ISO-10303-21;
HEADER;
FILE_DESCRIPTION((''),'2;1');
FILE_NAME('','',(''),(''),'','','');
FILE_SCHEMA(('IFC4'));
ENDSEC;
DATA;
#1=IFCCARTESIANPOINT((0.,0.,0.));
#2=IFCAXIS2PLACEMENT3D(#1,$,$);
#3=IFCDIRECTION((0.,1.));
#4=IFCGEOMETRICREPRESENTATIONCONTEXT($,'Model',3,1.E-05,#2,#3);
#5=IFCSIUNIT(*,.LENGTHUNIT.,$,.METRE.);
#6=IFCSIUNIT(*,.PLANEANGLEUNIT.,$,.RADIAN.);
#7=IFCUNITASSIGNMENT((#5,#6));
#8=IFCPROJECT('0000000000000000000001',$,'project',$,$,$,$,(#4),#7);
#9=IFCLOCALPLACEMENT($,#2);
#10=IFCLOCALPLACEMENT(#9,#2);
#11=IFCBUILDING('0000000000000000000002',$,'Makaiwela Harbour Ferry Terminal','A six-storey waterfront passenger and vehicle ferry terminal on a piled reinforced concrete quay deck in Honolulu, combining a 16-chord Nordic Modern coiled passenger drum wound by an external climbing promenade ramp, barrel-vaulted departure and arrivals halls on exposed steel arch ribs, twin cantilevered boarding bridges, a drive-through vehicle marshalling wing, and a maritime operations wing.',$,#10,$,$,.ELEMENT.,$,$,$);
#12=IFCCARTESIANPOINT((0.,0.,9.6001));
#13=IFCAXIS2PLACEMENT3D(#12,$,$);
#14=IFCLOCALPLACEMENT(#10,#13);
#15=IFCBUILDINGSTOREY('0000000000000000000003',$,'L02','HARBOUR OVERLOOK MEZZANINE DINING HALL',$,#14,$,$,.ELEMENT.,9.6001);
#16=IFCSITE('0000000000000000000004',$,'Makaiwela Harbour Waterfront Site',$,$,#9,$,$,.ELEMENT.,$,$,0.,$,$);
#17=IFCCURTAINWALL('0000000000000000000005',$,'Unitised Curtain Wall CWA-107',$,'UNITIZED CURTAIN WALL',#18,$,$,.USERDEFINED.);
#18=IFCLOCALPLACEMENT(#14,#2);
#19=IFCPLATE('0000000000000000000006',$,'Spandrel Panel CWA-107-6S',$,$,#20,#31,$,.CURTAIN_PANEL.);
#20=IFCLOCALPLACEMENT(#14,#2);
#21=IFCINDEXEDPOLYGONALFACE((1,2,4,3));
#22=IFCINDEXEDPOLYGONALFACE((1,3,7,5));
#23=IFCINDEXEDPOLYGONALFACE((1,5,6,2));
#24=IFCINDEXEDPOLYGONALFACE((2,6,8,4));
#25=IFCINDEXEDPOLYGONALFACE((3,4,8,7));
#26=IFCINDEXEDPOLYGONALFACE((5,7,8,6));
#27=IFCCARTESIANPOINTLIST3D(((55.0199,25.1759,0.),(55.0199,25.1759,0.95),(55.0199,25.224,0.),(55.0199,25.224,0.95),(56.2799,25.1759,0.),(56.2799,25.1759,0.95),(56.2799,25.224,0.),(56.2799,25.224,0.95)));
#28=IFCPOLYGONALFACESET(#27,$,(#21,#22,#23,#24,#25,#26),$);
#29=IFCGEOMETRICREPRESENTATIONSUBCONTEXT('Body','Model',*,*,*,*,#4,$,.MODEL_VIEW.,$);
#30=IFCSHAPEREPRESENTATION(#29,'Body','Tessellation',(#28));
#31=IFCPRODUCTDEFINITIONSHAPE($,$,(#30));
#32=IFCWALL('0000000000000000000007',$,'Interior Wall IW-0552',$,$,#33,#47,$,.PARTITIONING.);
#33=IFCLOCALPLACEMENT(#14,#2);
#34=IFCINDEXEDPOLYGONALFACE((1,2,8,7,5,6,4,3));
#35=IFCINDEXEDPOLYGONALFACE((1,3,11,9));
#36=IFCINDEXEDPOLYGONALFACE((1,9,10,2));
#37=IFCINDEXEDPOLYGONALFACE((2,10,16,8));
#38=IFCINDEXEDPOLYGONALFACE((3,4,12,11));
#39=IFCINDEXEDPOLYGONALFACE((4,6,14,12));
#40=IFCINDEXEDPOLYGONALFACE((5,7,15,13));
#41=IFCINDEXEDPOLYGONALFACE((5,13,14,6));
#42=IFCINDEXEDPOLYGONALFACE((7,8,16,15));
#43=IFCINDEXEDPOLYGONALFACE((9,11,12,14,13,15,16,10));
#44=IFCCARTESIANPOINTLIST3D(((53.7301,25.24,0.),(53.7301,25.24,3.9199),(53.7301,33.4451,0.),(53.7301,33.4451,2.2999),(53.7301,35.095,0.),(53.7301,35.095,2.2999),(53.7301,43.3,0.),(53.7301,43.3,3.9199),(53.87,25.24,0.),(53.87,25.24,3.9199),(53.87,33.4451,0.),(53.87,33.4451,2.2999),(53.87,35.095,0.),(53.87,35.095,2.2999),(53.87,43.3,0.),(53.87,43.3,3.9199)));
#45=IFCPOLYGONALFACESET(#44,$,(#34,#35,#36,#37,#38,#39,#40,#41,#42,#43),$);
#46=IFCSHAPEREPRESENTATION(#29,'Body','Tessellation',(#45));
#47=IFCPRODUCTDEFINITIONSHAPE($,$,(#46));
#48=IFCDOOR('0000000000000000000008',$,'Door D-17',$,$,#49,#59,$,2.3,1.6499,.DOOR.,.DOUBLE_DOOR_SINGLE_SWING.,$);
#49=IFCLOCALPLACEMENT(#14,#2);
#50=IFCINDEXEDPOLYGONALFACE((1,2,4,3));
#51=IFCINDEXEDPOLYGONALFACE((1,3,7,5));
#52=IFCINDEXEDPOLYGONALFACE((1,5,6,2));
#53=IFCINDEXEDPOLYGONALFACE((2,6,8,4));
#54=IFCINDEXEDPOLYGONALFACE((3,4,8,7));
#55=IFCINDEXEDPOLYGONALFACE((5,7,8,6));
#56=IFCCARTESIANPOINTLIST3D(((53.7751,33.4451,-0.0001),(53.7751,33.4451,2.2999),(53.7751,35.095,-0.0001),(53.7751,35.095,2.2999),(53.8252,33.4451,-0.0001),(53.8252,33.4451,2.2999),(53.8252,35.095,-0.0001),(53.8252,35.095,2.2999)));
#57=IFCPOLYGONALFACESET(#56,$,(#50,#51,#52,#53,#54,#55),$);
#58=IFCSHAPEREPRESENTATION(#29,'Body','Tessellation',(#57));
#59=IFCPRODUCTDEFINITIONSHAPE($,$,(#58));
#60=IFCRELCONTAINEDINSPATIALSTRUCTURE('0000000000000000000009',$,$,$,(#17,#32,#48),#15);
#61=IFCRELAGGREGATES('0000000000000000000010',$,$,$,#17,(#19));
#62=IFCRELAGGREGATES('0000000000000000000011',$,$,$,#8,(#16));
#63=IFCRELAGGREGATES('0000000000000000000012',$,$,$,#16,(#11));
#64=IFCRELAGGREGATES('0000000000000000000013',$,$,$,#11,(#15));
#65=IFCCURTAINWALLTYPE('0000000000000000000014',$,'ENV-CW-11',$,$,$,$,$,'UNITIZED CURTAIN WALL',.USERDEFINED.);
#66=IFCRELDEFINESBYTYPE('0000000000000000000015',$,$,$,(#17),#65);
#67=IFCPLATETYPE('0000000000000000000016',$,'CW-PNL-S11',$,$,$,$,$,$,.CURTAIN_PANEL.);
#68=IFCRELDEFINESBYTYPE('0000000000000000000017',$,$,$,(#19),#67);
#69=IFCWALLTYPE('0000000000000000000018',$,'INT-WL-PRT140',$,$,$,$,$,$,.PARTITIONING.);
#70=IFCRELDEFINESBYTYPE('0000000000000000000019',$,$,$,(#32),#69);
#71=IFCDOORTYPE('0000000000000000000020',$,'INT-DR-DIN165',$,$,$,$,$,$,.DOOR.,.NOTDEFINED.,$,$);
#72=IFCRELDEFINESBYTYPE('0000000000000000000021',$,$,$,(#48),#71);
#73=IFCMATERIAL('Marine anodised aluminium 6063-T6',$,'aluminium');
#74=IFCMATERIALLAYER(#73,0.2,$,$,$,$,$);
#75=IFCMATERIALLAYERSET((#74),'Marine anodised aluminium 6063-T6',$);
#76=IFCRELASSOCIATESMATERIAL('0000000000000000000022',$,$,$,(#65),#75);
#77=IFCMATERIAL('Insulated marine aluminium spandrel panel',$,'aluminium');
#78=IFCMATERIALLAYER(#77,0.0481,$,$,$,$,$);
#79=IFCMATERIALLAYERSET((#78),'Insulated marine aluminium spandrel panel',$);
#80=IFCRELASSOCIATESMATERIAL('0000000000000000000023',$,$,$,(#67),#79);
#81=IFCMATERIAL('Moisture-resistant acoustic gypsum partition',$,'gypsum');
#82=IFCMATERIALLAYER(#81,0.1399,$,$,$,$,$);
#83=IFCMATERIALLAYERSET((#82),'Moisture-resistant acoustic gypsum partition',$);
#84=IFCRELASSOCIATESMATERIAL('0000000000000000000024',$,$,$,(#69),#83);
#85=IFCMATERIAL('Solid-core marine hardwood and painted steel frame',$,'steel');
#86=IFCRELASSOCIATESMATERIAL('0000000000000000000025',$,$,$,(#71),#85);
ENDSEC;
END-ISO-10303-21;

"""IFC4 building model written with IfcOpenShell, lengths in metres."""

from ifc_helpers import new_model, si_unit, direction, frame, frame_2d, origin, origin_2d, place, context, subcontext, project, spatial, rectangle, extrude, material, layer, layer_set, type_object, element, fill, aggregate, save


model = new_model("IFC4")

# Units and contexts
model_context = context("Model", 3, precision=1e-05, world=origin(), true_north=direction((0.0, 1.0)))
body_context = subcontext(model_context, "Body", "Model", "MODEL_VIEW")
ifc_project = project(units=[si_unit("LENGTHUNIT", "METRE"), si_unit("PLANEANGLEUNIT", "RADIAN")], contexts=[model_context])

# Site, building, storey
site_placement = place(None, origin())
site = spatial("IfcSite", under=ifc_project, at=site_placement, Name="Makaiwela Harbour Waterfront Site", CompositionType="ELEMENT", RefElevation=0.0)
building_placement = place(site_placement, origin())
building = spatial("IfcBuilding", under=site, at=building_placement, Name="Makaiwela Harbour Ferry Terminal", Description="A six-storey waterfront passenger and vehicle ferry terminal on a piled reinforced concrete quay deck in Honolulu, combining a 16-chord Nordic Modern coiled passenger drum wound by an external climbing promenade ramp, barrel-vaulted departure and arrivals halls on exposed steel arch ribs, twin cantilevered boarding bridges, a drive-through vehicle marshalling wing, and a maritime operations wing.", CompositionType="ELEMENT")
storey_placement = place(building_placement, frame((0.0, 0.0, 9.6001)))
storey = spatial("IfcBuildingStorey", under=building, at=storey_placement, Name="L02", Description="HARBOUR OVERLOOK MEZZANINE DINING HALL", CompositionType="ELEMENT", Elevation=9.6001)

# Shared definitions
ifc_material_1 = material(Name="Marine anodised aluminium 6063-T6", Category="aluminium")
ifc_layer_1 = layer(ifc_material_1, 0.2)
ifc_layer_set_1 = layer_set([ifc_layer_1], Name="Marine anodised aluminium 6063-T6")
curtain_wall_type = type_object("IfcCurtainWallType", Name="ENV-CW-11", ElementType="UNITIZED CURTAIN WALL", PredefinedType="USERDEFINED", material=ifc_layer_set_1)

# Curtain wall
curtain_wall_1_placement = place(storey_placement, origin())
curtain_wall_1 = element("IfcCurtainWall", 1, at=curtain_wall_1_placement, inside=storey, type_object=curtain_wall_type, Name="Unitised Curtain Wall CWA-107", ObjectType="UNITIZED CURTAIN WALL", PredefinedType="USERDEFINED")

# Plate
ifc_material_2 = material(Name="Insulated marine aluminium spandrel panel", Category="aluminium")
ifc_layer_2 = layer(ifc_material_2, 0.0481)
ifc_layer_set_2 = layer_set([ifc_layer_2], Name="Insulated marine aluminium spandrel panel")
plate_type_1 = type_object("IfcPlateType", Name="CW-PNL-S11", PredefinedType="CURTAIN_PANEL", material=ifc_layer_set_2)
plate_1_placement = place(storey_placement, frame((55.6499, 25.2, 0.0), z_axis=(0.0, 0.0, 1.0), x_axis=(-1.0, 0.0, 0.0)))
plate_1 = element("IfcPlate", 2, at=plate_1_placement, type_object=plate_type_1, Name="Spandrel Panel CWA-107-6S", PredefinedType="CURTAIN_PANEL", context=body_context, shape_type="SweptSolid", body=[
    extrude(rectangle(XDim=1.26, YDim=0.0481, at=origin_2d()), origin(), (0.0, 0.0, 1.0), 0.95),
])
aggregate(curtain_wall_1, [plate_1])

# Wall, opening, door
ifc_material_3 = material(Name="Moisture-resistant acoustic gypsum partition", Category="gypsum")
ifc_layer_3 = layer(ifc_material_3, 0.1399)
ifc_layer_set_3 = layer_set([ifc_layer_3], Name="Moisture-resistant acoustic gypsum partition")
wall_type = type_object("IfcWallType", Name="INT-WL-PRT140", PredefinedType="PARTITIONING", material=ifc_layer_set_3)
wall_placement = place(storey_placement, frame((53.8, 25.24, 0.0), z_axis=(0.0, 0.0, 1.0), x_axis=(0.0, 1.0, 0.0)))
wall = element("IfcWall", 3, at=wall_placement, inside=storey, type_object=wall_type, Name="Interior Wall IW-0552", PredefinedType="PARTITIONING", context=body_context, shape_type="SweptSolid", body=[
    extrude(rectangle(XDim=18.0601, YDim=0.1399, at=frame_2d((9.03, 0.0))), origin(), (0.0, 0.0, 1.0), 3.9199),
])
opening_placement = place(wall_placement, frame((8.2051, 0.0, 0.0)))
opening = element("IfcOpeningElement", 4, at=opening_placement, cuts=wall, PredefinedType="OPENING", context=body_context, shape_type="SweptSolid", body=[
    extrude(rectangle(XDim=1.6499, YDim=2.3, at=frame_2d((0.825, 1.1499))), frame((0.0, 0.0798, 0.0), z_axis=(0.0, -1.0, 0.0), x_axis=(1.0, 0.0, 0.0)), (0.0, 0.0, 1.0), 0.1599),
])
ifc_material_4 = material(Name="Solid-core marine hardwood and painted steel frame", Category="steel")
door_type = type_object("IfcDoorType", Name="INT-DR-DIN165", OperationType="NOTDEFINED", PredefinedType="DOOR", material=ifc_material_4)
door_placement = place(opening_placement, origin())
door = element("IfcDoor", 5, at=door_placement, inside=storey, type_object=door_type, Name="Door D-17", OperationType="DOUBLE_DOOR_SINGLE_SWING", OverallHeight=2.3, OverallWidth=1.6499, PredefinedType="DOOR", context=body_context, shape_type="SweptSolid", body=[
    extrude(rectangle(XDim=1.6499, YDim=2.3, at=frame_2d((0.825, 1.1499))), frame((0.0, 0.0249, 0.0), z_axis=(0.0, -1.0, 0.0), x_axis=(1.0, 0.0, 0.0)), (0.0, 0.0, 1.0), 0.05),
])
fill(opening, door)

save(model, "model.ifc")
